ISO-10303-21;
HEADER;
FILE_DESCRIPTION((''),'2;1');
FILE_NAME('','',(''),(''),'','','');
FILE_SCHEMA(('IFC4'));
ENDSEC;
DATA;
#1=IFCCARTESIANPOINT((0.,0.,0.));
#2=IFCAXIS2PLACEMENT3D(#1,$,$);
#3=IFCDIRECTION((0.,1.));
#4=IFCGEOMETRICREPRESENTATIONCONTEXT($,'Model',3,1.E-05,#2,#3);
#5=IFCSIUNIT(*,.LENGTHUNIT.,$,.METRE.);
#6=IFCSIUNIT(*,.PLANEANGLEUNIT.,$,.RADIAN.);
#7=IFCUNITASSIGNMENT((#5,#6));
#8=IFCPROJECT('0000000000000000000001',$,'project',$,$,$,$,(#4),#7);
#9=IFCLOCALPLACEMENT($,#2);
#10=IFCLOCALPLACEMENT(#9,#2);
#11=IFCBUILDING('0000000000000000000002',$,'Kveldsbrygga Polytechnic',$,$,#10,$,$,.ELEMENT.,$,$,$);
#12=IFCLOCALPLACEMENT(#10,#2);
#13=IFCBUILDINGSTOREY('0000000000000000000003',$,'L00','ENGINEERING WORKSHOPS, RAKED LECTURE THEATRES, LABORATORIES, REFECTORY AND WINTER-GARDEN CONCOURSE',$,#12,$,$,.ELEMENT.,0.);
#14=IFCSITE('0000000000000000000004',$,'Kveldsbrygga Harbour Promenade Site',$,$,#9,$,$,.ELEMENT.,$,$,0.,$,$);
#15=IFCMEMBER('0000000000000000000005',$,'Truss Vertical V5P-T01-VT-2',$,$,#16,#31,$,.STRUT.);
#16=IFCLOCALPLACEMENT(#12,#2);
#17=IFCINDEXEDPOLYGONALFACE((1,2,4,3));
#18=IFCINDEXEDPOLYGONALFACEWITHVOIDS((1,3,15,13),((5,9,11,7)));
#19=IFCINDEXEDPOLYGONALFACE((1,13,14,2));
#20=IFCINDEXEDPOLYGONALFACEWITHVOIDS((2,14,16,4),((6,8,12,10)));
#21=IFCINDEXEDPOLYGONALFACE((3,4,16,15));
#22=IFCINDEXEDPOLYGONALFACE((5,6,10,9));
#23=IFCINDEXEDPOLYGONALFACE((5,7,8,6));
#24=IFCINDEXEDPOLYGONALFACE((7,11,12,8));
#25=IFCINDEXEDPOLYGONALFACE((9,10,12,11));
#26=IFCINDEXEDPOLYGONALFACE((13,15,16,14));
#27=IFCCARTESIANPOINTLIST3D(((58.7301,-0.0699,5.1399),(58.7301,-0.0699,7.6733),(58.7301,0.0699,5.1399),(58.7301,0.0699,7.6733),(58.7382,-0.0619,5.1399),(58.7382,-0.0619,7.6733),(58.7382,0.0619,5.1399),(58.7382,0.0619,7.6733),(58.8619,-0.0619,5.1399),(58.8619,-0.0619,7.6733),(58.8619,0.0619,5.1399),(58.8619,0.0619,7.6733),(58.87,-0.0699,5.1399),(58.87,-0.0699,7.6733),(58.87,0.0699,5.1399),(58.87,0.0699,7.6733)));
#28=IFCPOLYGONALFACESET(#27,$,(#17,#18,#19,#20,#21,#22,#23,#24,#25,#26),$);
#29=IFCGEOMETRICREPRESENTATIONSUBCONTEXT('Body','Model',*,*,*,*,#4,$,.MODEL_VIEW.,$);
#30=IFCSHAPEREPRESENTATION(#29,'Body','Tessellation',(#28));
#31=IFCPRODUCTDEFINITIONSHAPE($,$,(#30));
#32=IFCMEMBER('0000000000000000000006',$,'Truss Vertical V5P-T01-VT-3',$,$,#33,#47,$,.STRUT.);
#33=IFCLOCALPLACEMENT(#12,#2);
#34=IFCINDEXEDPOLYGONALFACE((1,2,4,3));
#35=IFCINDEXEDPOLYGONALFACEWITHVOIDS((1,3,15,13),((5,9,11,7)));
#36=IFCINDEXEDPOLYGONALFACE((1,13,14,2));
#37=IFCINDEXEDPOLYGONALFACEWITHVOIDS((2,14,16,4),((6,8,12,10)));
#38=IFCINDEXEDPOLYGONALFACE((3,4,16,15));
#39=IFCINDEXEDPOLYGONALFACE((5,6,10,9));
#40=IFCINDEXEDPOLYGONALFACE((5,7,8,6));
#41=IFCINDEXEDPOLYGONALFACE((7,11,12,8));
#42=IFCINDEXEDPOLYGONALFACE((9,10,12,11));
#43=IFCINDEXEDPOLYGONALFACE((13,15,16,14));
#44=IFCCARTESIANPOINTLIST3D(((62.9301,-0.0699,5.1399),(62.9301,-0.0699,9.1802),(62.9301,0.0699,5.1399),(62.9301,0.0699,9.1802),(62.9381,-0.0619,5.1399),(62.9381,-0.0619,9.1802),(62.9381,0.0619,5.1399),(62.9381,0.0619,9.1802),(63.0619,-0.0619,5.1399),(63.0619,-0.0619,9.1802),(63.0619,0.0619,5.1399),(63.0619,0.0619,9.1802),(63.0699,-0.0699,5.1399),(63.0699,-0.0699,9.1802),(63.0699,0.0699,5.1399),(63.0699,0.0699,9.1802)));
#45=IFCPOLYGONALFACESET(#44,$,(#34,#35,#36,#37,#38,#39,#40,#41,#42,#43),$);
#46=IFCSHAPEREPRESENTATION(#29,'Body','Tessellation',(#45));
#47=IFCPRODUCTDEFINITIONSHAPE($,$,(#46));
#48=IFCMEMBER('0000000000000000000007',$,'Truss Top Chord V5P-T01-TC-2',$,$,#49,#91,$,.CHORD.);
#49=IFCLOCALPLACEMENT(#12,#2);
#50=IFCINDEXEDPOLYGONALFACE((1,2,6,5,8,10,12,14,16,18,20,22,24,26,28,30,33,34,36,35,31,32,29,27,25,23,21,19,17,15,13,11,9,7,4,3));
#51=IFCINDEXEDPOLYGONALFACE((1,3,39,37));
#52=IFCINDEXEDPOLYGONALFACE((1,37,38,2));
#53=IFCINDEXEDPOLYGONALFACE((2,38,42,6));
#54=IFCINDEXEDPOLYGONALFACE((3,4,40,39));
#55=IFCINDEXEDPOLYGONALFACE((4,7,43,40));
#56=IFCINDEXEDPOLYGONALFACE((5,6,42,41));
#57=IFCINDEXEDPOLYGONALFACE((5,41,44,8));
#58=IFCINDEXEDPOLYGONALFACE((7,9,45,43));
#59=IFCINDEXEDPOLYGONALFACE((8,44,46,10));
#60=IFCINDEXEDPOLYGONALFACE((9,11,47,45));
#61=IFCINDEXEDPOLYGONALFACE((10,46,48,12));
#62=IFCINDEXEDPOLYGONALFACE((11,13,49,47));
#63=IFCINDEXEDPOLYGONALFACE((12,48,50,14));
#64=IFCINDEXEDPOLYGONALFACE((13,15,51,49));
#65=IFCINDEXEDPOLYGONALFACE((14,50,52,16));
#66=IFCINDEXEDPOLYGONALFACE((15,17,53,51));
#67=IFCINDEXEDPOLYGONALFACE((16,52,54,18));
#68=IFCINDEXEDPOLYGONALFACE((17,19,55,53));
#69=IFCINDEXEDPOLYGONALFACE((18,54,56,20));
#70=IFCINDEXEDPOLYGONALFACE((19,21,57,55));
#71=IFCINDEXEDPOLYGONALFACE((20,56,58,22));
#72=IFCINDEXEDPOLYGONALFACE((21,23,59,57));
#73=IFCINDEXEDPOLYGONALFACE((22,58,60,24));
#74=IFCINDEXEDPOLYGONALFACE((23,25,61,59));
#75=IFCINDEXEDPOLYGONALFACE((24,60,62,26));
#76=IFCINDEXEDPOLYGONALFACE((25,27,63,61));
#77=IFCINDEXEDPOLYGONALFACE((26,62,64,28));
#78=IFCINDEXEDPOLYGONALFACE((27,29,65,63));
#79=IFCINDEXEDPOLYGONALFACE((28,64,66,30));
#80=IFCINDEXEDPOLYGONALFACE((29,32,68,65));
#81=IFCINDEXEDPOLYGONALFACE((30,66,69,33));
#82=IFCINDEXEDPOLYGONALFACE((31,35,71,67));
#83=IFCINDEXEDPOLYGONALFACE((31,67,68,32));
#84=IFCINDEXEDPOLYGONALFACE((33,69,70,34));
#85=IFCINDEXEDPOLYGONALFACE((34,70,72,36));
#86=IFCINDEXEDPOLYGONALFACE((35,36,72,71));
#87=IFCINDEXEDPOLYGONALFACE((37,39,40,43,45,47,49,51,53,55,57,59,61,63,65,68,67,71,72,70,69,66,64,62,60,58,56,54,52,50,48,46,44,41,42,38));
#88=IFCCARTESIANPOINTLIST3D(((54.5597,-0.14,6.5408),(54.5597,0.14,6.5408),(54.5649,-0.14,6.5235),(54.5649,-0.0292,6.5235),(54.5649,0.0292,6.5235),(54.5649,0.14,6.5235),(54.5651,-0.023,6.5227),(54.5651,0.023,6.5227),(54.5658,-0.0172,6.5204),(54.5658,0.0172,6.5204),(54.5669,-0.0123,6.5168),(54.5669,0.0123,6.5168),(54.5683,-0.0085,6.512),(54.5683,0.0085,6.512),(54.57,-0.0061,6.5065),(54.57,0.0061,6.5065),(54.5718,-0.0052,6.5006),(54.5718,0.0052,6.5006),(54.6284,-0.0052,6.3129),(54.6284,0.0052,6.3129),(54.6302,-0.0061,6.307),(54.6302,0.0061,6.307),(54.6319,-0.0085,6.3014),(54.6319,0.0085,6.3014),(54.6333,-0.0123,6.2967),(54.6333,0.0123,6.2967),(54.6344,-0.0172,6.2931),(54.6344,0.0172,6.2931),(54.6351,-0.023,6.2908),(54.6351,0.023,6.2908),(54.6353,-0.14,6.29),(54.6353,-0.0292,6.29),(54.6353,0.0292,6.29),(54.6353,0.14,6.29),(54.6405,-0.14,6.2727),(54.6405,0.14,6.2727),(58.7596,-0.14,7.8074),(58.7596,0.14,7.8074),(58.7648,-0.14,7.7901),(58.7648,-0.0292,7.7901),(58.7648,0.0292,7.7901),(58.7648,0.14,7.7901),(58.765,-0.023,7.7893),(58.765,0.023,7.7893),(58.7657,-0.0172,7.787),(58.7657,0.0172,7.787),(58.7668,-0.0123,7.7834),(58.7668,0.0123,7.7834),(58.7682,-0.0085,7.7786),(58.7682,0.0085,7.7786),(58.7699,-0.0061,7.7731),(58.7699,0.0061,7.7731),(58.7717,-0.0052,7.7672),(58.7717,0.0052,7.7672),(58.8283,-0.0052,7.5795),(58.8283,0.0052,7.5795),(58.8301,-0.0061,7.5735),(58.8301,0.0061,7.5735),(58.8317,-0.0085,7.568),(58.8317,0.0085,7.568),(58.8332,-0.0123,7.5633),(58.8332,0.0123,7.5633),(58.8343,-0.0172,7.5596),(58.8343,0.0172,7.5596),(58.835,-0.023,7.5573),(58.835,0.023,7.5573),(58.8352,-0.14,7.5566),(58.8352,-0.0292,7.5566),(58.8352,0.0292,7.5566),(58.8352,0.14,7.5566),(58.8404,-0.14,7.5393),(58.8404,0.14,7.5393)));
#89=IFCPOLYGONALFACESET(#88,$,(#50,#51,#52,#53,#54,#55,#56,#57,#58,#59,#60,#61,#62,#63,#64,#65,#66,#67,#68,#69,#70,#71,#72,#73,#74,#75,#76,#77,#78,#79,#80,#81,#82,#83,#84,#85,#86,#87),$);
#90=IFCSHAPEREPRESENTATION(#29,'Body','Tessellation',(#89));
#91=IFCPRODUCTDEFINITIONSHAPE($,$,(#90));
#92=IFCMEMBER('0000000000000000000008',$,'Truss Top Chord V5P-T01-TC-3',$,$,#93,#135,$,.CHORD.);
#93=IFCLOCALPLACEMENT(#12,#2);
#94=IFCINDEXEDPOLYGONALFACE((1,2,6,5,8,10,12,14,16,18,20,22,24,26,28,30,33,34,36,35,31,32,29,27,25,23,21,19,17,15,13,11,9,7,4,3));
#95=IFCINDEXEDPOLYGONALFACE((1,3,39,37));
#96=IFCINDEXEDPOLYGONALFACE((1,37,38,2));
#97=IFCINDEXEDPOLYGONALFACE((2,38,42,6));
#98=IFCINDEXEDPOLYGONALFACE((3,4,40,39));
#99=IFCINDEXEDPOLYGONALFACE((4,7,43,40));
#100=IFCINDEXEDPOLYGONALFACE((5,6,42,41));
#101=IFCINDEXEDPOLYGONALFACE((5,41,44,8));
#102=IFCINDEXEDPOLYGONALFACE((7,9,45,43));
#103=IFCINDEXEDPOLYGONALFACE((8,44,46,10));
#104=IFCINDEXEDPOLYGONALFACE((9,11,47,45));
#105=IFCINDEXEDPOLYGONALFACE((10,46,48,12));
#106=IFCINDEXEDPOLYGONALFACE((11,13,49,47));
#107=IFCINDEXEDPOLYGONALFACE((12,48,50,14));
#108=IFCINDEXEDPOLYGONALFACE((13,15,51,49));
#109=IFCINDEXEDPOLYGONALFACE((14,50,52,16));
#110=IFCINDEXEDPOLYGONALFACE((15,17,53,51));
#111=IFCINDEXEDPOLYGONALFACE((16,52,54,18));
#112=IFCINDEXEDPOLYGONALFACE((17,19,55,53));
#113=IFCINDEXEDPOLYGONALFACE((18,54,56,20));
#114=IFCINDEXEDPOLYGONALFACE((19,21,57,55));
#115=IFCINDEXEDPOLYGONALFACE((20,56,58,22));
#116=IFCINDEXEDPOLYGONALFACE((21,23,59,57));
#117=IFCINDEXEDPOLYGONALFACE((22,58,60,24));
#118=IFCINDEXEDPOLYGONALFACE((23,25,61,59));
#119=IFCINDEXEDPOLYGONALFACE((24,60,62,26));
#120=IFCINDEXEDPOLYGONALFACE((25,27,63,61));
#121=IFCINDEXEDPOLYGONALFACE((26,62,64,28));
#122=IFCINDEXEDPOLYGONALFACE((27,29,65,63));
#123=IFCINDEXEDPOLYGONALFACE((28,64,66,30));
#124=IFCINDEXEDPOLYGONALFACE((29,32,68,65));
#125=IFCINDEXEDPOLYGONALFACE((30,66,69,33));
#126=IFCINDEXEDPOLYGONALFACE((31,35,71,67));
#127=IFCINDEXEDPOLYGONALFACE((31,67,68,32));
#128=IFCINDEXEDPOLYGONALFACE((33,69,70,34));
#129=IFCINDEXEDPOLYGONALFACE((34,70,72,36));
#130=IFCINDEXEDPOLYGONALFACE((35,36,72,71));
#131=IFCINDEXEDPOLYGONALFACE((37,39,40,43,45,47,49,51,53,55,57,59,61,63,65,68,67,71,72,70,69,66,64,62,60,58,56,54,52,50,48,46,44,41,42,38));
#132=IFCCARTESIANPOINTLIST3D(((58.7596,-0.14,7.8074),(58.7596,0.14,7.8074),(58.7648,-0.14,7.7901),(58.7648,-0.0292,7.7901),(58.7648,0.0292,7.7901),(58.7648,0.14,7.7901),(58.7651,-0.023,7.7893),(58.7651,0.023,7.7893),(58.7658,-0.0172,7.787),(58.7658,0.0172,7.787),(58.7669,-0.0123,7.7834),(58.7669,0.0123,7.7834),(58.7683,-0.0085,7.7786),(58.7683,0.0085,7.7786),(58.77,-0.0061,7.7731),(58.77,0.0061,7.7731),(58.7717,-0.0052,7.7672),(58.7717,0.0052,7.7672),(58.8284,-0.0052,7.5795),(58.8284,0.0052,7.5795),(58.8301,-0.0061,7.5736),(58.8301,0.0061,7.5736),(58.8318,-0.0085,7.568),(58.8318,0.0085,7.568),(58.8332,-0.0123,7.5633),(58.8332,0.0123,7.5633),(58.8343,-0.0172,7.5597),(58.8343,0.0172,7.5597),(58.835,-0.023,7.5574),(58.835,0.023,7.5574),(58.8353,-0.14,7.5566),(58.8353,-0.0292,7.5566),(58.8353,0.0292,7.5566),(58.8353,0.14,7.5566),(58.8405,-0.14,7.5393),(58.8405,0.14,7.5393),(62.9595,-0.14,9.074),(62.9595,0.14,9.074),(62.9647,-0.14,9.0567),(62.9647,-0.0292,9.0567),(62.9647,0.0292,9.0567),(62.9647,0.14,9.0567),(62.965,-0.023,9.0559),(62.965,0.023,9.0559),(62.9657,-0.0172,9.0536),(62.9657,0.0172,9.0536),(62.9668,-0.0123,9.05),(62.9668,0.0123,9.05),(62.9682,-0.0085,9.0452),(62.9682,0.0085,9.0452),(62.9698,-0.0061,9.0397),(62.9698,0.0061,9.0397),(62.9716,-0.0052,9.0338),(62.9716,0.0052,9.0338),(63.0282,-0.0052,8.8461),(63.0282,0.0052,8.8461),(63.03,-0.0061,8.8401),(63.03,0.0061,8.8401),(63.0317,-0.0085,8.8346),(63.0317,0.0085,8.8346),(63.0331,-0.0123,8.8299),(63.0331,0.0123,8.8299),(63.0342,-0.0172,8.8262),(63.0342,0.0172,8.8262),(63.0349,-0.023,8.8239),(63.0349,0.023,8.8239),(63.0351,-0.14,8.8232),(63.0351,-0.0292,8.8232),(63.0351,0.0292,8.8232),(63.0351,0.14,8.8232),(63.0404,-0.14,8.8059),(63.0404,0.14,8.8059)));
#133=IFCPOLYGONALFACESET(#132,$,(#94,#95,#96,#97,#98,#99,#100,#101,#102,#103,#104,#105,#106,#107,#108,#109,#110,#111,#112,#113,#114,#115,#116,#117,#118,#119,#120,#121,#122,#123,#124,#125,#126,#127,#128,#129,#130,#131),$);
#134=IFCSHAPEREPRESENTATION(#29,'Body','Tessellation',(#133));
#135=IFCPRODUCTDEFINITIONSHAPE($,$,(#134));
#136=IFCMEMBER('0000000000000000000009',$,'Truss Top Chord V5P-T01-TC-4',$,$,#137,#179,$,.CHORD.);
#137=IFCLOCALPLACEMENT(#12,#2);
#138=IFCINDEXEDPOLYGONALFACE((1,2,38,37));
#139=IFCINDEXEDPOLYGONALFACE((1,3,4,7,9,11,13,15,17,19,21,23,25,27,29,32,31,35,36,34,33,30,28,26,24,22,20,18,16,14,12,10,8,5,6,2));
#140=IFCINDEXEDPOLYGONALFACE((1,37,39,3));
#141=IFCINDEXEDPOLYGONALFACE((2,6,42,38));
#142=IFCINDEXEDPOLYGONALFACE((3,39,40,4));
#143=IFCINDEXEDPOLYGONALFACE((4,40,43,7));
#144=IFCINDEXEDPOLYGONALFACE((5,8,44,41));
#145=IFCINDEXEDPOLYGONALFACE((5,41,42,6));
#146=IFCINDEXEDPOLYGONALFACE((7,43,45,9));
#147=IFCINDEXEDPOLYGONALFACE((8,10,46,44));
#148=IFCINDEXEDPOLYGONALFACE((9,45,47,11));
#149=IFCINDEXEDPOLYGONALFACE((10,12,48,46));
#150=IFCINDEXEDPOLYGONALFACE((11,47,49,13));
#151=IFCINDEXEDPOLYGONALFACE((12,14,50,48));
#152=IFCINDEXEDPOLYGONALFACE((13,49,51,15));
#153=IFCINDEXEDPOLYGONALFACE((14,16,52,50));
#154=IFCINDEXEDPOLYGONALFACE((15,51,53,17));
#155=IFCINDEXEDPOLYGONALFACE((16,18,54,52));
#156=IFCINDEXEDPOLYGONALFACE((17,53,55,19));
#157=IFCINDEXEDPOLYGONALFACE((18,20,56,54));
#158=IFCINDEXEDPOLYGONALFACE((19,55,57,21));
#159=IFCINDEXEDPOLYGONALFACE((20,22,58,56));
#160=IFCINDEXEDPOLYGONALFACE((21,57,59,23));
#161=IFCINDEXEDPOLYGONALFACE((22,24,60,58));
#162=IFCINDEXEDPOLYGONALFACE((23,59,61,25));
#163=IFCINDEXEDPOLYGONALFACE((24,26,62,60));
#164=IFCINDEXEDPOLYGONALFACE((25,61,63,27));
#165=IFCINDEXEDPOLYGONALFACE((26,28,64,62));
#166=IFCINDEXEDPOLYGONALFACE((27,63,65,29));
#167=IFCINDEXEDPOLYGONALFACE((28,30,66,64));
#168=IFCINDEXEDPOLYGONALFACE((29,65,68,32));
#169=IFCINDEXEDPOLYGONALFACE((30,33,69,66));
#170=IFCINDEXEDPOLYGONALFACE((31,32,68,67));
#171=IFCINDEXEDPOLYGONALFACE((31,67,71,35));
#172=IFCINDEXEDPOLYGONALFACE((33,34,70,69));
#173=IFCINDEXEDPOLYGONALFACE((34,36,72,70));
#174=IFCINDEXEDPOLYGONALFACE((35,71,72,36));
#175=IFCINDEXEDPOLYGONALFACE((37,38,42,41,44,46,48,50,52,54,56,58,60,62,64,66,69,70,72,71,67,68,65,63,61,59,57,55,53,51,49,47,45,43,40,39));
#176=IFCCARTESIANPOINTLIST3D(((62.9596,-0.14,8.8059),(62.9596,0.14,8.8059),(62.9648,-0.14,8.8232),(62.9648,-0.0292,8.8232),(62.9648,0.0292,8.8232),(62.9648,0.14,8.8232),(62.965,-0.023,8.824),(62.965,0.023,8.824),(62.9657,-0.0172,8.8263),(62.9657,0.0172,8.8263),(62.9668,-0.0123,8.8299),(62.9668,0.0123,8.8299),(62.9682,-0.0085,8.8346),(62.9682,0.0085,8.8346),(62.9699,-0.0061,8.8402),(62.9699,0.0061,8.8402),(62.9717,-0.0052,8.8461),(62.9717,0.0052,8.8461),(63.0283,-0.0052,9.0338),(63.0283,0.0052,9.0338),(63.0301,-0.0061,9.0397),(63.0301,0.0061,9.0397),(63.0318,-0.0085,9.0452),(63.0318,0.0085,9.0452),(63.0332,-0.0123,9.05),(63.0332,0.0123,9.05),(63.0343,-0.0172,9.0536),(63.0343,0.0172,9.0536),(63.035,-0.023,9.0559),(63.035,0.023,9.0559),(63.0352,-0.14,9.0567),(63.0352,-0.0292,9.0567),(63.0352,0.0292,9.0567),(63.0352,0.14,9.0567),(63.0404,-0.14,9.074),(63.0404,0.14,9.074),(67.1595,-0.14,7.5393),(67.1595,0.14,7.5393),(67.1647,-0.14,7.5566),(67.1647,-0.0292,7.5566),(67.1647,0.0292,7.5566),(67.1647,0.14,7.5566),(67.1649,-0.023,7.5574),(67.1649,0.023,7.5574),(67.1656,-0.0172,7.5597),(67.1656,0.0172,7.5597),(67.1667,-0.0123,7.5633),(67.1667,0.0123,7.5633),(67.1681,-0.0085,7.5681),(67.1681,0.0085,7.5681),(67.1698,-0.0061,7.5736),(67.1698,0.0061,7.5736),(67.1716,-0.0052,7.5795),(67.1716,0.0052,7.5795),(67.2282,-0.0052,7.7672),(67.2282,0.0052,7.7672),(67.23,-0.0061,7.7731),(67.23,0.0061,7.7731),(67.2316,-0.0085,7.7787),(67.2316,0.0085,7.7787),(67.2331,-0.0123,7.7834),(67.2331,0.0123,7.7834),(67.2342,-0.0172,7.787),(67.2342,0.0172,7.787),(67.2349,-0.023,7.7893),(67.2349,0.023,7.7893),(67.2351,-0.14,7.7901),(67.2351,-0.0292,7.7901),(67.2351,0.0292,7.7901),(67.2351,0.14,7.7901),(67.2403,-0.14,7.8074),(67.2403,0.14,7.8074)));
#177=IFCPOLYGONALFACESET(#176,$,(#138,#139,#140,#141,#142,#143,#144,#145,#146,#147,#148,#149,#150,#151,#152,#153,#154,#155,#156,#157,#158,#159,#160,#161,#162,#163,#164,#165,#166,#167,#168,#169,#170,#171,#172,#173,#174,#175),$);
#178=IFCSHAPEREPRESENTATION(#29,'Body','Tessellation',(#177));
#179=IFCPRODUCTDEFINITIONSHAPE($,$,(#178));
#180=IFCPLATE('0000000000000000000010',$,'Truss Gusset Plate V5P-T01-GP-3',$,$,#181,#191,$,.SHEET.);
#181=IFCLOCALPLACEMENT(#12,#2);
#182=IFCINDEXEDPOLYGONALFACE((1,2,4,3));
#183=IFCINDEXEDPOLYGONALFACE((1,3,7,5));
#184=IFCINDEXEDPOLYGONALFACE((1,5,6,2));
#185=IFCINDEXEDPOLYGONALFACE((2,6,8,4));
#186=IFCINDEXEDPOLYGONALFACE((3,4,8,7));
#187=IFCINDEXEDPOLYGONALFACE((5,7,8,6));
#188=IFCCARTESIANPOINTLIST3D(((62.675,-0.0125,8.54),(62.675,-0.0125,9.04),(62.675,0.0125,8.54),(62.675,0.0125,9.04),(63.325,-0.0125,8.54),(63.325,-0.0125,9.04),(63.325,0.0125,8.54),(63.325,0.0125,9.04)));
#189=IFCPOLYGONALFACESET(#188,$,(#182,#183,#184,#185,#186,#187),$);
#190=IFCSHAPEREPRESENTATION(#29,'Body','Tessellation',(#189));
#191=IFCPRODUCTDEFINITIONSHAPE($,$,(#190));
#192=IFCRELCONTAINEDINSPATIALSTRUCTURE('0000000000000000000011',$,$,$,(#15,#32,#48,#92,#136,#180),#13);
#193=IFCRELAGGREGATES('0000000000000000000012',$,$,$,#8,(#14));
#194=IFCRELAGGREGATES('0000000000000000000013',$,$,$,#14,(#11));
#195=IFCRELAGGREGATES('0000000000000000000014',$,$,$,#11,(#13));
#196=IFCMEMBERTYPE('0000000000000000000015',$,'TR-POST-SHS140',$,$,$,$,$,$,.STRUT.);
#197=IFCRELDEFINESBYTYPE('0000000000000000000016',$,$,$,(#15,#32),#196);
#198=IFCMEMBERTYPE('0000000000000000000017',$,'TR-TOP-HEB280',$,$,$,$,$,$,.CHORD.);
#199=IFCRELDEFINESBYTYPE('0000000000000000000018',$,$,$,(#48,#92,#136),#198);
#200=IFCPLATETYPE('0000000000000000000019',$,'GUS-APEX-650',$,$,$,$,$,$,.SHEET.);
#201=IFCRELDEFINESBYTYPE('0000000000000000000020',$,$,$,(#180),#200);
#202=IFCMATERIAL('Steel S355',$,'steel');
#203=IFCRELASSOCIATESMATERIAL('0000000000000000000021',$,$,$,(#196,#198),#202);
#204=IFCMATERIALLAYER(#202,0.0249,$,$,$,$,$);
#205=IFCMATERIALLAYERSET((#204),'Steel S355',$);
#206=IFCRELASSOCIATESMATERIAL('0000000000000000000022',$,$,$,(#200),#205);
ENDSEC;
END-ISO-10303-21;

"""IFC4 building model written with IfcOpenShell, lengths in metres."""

from ifc_helpers import new_model, si_unit, direction, frame, origin, origin_2d, place, context, subcontext, project, spatial, rectangle, hollow_rectangle, i_section, extrude, material, layer, layer_set, material_profile, profile_set, type_object, element, save


model = new_model("IFC4")

# Units and contexts
model_context = context("Model", 3, precision=1e-05, world=origin(), true_north=direction((0.0, 1.0)))
body_context = subcontext(model_context, "Body", "Model", "MODEL_VIEW")
ifc_project = project(units=[si_unit("LENGTHUNIT", "METRE"), si_unit("PLANEANGLEUNIT", "RADIAN")], contexts=[model_context])

# Site, building, storey
site_placement = place(None, origin())
site = spatial("IfcSite", under=ifc_project, at=site_placement, Name="Kveldsbrygga Harbour Promenade Site", CompositionType="ELEMENT", RefElevation=0.0)
building_placement = place(site_placement, origin())
building = spatial("IfcBuilding", under=site, at=building_placement, Name="Kveldsbrygga Polytechnic", CompositionType="ELEMENT")
storey_placement = place(building_placement, origin())
storey = spatial("IfcBuildingStorey", under=building, at=storey_placement, Name="L00", Description="ENGINEERING WORKSHOPS, RAKED LECTURE THEATRES, LABORATORIES, REFECTORY AND WINTER-GARDEN CONCOURSE", CompositionType="ELEMENT", Elevation=0.0)

# Shared definitions
ifc_material_1 = material(Name="Steel S355", Category="steel")

# Members
ifc_material_profile_1 = material_profile(ifc_material_1, hollow_rectangle(XDim=0.1399, YDim=0.1399, WallThickness=0.0081, at=origin_2d()), Name="SHS 140x140x8.0")
ifc_profile_set_1 = profile_set([ifc_material_profile_1], Name="Steel S355")
member_type_1 = type_object("IfcMemberType", Name="TR-POST-SHS140", PredefinedType="STRUT", material=ifc_profile_set_1)
member_1_placement = place(storey_placement, frame((58.8, 0.0, 5.1399), z_axis=(0.0, 0.0, 1.0), x_axis=(1.0, 0.0, 0.0)))
element("IfcMember", 1, at=member_1_placement, inside=storey, type_object=member_type_1, Name="Truss Vertical V5P-T01-VT-2", PredefinedType="STRUT", context=body_context, shape_type="SweptSolid", body=[
    extrude(hollow_rectangle(XDim=0.1399, YDim=0.1399, WallThickness=0.0081, at=origin_2d()), origin(), (0.0, 0.0, 1.0), 2.5334),
])
member_2_placement = place(storey_placement, frame((63.0, 0.0, 5.1399), z_axis=(0.0, 0.0, 1.0), x_axis=(1.0, 0.0, 0.0)))
element("IfcMember", 2, at=member_2_placement, inside=storey, type_object=member_type_1, Name="Truss Vertical V5P-T01-VT-3", PredefinedType="STRUT", context=body_context, shape_type="SweptSolid", body=[
    extrude(hollow_rectangle(XDim=0.1399, YDim=0.1399, WallThickness=0.0081, at=origin_2d()), origin(), (0.0, 0.0, 1.0), 4.0403),
])
ifc_material_profile_2 = material_profile(ifc_material_1, i_section(OverallWidth=0.28, OverallDepth=0.28, WebThickness=0.0105, FlangeThickness=0.0181, FilletRadius=0.0239, at=origin_2d()), Name="HEB 280")
ifc_profile_set_2 = profile_set([ifc_material_profile_2], Name="Steel S355")
member_type_2 = type_object("IfcMemberType", Name="TR-TOP-HEB280", PredefinedType="CHORD", material=ifc_profile_set_2)
for number, where, z_axis, x_axis, name in (
    (3, (54.6001, 0.0, 6.4067), (0.95741, 0.0, 0.288731), (0.0, 1.0, 0.0), "Truss Top Chord V5P-T01-TC-2"),
    (4, (58.8, 0.0, 7.6733), (0.95741, 0.0, 0.288731), (0.0, 1.0, 0.0), "Truss Top Chord V5P-T01-TC-3"),
    (5, (63.0, 0.0, 8.9399), (0.95741, 0.0, -0.288731), (0.0, 1.0, 0.0), "Truss Top Chord V5P-T01-TC-4"),
):
    element("IfcMember", number, at=place(storey_placement, frame(where, z_axis=z_axis, x_axis=x_axis)), inside=storey, type_object=member_type_2, Name=name, PredefinedType="CHORD", context=body_context, shape_type="SweptSolid", body=[
        extrude(i_section(OverallWidth=0.28, OverallDepth=0.28, WebThickness=0.0105, FlangeThickness=0.0181, FilletRadius=0.0239, at=origin_2d()), origin(), (0.0, 0.0, 1.0), 4.3867),
    ])

# Plate
ifc_layer_1 = layer(ifc_material_1, 0.0249)
ifc_layer_set_1 = layer_set([ifc_layer_1], Name="Steel S355")
plate_type_1 = type_object("IfcPlateType", Name="GUS-APEX-650", PredefinedType="SHEET", material=ifc_layer_set_1)
plate_1_placement = place(storey_placement, frame((63.0, 0.0, 8.54), z_axis=(0.0, 0.0, 1.0), x_axis=(1.0, 0.0, 0.0)))
element("IfcPlate", 6, at=plate_1_placement, inside=storey, type_object=plate_type_1, Name="Truss Gusset Plate V5P-T01-GP-3", PredefinedType="SHEET", context=body_context, shape_type="SweptSolid", body=[
    extrude(rectangle(XDim=0.6499, YDim=0.0249, at=origin_2d()), origin(), (0.0, 0.0, 1.0), 0.5),
])

save(model, "model.ifc")
